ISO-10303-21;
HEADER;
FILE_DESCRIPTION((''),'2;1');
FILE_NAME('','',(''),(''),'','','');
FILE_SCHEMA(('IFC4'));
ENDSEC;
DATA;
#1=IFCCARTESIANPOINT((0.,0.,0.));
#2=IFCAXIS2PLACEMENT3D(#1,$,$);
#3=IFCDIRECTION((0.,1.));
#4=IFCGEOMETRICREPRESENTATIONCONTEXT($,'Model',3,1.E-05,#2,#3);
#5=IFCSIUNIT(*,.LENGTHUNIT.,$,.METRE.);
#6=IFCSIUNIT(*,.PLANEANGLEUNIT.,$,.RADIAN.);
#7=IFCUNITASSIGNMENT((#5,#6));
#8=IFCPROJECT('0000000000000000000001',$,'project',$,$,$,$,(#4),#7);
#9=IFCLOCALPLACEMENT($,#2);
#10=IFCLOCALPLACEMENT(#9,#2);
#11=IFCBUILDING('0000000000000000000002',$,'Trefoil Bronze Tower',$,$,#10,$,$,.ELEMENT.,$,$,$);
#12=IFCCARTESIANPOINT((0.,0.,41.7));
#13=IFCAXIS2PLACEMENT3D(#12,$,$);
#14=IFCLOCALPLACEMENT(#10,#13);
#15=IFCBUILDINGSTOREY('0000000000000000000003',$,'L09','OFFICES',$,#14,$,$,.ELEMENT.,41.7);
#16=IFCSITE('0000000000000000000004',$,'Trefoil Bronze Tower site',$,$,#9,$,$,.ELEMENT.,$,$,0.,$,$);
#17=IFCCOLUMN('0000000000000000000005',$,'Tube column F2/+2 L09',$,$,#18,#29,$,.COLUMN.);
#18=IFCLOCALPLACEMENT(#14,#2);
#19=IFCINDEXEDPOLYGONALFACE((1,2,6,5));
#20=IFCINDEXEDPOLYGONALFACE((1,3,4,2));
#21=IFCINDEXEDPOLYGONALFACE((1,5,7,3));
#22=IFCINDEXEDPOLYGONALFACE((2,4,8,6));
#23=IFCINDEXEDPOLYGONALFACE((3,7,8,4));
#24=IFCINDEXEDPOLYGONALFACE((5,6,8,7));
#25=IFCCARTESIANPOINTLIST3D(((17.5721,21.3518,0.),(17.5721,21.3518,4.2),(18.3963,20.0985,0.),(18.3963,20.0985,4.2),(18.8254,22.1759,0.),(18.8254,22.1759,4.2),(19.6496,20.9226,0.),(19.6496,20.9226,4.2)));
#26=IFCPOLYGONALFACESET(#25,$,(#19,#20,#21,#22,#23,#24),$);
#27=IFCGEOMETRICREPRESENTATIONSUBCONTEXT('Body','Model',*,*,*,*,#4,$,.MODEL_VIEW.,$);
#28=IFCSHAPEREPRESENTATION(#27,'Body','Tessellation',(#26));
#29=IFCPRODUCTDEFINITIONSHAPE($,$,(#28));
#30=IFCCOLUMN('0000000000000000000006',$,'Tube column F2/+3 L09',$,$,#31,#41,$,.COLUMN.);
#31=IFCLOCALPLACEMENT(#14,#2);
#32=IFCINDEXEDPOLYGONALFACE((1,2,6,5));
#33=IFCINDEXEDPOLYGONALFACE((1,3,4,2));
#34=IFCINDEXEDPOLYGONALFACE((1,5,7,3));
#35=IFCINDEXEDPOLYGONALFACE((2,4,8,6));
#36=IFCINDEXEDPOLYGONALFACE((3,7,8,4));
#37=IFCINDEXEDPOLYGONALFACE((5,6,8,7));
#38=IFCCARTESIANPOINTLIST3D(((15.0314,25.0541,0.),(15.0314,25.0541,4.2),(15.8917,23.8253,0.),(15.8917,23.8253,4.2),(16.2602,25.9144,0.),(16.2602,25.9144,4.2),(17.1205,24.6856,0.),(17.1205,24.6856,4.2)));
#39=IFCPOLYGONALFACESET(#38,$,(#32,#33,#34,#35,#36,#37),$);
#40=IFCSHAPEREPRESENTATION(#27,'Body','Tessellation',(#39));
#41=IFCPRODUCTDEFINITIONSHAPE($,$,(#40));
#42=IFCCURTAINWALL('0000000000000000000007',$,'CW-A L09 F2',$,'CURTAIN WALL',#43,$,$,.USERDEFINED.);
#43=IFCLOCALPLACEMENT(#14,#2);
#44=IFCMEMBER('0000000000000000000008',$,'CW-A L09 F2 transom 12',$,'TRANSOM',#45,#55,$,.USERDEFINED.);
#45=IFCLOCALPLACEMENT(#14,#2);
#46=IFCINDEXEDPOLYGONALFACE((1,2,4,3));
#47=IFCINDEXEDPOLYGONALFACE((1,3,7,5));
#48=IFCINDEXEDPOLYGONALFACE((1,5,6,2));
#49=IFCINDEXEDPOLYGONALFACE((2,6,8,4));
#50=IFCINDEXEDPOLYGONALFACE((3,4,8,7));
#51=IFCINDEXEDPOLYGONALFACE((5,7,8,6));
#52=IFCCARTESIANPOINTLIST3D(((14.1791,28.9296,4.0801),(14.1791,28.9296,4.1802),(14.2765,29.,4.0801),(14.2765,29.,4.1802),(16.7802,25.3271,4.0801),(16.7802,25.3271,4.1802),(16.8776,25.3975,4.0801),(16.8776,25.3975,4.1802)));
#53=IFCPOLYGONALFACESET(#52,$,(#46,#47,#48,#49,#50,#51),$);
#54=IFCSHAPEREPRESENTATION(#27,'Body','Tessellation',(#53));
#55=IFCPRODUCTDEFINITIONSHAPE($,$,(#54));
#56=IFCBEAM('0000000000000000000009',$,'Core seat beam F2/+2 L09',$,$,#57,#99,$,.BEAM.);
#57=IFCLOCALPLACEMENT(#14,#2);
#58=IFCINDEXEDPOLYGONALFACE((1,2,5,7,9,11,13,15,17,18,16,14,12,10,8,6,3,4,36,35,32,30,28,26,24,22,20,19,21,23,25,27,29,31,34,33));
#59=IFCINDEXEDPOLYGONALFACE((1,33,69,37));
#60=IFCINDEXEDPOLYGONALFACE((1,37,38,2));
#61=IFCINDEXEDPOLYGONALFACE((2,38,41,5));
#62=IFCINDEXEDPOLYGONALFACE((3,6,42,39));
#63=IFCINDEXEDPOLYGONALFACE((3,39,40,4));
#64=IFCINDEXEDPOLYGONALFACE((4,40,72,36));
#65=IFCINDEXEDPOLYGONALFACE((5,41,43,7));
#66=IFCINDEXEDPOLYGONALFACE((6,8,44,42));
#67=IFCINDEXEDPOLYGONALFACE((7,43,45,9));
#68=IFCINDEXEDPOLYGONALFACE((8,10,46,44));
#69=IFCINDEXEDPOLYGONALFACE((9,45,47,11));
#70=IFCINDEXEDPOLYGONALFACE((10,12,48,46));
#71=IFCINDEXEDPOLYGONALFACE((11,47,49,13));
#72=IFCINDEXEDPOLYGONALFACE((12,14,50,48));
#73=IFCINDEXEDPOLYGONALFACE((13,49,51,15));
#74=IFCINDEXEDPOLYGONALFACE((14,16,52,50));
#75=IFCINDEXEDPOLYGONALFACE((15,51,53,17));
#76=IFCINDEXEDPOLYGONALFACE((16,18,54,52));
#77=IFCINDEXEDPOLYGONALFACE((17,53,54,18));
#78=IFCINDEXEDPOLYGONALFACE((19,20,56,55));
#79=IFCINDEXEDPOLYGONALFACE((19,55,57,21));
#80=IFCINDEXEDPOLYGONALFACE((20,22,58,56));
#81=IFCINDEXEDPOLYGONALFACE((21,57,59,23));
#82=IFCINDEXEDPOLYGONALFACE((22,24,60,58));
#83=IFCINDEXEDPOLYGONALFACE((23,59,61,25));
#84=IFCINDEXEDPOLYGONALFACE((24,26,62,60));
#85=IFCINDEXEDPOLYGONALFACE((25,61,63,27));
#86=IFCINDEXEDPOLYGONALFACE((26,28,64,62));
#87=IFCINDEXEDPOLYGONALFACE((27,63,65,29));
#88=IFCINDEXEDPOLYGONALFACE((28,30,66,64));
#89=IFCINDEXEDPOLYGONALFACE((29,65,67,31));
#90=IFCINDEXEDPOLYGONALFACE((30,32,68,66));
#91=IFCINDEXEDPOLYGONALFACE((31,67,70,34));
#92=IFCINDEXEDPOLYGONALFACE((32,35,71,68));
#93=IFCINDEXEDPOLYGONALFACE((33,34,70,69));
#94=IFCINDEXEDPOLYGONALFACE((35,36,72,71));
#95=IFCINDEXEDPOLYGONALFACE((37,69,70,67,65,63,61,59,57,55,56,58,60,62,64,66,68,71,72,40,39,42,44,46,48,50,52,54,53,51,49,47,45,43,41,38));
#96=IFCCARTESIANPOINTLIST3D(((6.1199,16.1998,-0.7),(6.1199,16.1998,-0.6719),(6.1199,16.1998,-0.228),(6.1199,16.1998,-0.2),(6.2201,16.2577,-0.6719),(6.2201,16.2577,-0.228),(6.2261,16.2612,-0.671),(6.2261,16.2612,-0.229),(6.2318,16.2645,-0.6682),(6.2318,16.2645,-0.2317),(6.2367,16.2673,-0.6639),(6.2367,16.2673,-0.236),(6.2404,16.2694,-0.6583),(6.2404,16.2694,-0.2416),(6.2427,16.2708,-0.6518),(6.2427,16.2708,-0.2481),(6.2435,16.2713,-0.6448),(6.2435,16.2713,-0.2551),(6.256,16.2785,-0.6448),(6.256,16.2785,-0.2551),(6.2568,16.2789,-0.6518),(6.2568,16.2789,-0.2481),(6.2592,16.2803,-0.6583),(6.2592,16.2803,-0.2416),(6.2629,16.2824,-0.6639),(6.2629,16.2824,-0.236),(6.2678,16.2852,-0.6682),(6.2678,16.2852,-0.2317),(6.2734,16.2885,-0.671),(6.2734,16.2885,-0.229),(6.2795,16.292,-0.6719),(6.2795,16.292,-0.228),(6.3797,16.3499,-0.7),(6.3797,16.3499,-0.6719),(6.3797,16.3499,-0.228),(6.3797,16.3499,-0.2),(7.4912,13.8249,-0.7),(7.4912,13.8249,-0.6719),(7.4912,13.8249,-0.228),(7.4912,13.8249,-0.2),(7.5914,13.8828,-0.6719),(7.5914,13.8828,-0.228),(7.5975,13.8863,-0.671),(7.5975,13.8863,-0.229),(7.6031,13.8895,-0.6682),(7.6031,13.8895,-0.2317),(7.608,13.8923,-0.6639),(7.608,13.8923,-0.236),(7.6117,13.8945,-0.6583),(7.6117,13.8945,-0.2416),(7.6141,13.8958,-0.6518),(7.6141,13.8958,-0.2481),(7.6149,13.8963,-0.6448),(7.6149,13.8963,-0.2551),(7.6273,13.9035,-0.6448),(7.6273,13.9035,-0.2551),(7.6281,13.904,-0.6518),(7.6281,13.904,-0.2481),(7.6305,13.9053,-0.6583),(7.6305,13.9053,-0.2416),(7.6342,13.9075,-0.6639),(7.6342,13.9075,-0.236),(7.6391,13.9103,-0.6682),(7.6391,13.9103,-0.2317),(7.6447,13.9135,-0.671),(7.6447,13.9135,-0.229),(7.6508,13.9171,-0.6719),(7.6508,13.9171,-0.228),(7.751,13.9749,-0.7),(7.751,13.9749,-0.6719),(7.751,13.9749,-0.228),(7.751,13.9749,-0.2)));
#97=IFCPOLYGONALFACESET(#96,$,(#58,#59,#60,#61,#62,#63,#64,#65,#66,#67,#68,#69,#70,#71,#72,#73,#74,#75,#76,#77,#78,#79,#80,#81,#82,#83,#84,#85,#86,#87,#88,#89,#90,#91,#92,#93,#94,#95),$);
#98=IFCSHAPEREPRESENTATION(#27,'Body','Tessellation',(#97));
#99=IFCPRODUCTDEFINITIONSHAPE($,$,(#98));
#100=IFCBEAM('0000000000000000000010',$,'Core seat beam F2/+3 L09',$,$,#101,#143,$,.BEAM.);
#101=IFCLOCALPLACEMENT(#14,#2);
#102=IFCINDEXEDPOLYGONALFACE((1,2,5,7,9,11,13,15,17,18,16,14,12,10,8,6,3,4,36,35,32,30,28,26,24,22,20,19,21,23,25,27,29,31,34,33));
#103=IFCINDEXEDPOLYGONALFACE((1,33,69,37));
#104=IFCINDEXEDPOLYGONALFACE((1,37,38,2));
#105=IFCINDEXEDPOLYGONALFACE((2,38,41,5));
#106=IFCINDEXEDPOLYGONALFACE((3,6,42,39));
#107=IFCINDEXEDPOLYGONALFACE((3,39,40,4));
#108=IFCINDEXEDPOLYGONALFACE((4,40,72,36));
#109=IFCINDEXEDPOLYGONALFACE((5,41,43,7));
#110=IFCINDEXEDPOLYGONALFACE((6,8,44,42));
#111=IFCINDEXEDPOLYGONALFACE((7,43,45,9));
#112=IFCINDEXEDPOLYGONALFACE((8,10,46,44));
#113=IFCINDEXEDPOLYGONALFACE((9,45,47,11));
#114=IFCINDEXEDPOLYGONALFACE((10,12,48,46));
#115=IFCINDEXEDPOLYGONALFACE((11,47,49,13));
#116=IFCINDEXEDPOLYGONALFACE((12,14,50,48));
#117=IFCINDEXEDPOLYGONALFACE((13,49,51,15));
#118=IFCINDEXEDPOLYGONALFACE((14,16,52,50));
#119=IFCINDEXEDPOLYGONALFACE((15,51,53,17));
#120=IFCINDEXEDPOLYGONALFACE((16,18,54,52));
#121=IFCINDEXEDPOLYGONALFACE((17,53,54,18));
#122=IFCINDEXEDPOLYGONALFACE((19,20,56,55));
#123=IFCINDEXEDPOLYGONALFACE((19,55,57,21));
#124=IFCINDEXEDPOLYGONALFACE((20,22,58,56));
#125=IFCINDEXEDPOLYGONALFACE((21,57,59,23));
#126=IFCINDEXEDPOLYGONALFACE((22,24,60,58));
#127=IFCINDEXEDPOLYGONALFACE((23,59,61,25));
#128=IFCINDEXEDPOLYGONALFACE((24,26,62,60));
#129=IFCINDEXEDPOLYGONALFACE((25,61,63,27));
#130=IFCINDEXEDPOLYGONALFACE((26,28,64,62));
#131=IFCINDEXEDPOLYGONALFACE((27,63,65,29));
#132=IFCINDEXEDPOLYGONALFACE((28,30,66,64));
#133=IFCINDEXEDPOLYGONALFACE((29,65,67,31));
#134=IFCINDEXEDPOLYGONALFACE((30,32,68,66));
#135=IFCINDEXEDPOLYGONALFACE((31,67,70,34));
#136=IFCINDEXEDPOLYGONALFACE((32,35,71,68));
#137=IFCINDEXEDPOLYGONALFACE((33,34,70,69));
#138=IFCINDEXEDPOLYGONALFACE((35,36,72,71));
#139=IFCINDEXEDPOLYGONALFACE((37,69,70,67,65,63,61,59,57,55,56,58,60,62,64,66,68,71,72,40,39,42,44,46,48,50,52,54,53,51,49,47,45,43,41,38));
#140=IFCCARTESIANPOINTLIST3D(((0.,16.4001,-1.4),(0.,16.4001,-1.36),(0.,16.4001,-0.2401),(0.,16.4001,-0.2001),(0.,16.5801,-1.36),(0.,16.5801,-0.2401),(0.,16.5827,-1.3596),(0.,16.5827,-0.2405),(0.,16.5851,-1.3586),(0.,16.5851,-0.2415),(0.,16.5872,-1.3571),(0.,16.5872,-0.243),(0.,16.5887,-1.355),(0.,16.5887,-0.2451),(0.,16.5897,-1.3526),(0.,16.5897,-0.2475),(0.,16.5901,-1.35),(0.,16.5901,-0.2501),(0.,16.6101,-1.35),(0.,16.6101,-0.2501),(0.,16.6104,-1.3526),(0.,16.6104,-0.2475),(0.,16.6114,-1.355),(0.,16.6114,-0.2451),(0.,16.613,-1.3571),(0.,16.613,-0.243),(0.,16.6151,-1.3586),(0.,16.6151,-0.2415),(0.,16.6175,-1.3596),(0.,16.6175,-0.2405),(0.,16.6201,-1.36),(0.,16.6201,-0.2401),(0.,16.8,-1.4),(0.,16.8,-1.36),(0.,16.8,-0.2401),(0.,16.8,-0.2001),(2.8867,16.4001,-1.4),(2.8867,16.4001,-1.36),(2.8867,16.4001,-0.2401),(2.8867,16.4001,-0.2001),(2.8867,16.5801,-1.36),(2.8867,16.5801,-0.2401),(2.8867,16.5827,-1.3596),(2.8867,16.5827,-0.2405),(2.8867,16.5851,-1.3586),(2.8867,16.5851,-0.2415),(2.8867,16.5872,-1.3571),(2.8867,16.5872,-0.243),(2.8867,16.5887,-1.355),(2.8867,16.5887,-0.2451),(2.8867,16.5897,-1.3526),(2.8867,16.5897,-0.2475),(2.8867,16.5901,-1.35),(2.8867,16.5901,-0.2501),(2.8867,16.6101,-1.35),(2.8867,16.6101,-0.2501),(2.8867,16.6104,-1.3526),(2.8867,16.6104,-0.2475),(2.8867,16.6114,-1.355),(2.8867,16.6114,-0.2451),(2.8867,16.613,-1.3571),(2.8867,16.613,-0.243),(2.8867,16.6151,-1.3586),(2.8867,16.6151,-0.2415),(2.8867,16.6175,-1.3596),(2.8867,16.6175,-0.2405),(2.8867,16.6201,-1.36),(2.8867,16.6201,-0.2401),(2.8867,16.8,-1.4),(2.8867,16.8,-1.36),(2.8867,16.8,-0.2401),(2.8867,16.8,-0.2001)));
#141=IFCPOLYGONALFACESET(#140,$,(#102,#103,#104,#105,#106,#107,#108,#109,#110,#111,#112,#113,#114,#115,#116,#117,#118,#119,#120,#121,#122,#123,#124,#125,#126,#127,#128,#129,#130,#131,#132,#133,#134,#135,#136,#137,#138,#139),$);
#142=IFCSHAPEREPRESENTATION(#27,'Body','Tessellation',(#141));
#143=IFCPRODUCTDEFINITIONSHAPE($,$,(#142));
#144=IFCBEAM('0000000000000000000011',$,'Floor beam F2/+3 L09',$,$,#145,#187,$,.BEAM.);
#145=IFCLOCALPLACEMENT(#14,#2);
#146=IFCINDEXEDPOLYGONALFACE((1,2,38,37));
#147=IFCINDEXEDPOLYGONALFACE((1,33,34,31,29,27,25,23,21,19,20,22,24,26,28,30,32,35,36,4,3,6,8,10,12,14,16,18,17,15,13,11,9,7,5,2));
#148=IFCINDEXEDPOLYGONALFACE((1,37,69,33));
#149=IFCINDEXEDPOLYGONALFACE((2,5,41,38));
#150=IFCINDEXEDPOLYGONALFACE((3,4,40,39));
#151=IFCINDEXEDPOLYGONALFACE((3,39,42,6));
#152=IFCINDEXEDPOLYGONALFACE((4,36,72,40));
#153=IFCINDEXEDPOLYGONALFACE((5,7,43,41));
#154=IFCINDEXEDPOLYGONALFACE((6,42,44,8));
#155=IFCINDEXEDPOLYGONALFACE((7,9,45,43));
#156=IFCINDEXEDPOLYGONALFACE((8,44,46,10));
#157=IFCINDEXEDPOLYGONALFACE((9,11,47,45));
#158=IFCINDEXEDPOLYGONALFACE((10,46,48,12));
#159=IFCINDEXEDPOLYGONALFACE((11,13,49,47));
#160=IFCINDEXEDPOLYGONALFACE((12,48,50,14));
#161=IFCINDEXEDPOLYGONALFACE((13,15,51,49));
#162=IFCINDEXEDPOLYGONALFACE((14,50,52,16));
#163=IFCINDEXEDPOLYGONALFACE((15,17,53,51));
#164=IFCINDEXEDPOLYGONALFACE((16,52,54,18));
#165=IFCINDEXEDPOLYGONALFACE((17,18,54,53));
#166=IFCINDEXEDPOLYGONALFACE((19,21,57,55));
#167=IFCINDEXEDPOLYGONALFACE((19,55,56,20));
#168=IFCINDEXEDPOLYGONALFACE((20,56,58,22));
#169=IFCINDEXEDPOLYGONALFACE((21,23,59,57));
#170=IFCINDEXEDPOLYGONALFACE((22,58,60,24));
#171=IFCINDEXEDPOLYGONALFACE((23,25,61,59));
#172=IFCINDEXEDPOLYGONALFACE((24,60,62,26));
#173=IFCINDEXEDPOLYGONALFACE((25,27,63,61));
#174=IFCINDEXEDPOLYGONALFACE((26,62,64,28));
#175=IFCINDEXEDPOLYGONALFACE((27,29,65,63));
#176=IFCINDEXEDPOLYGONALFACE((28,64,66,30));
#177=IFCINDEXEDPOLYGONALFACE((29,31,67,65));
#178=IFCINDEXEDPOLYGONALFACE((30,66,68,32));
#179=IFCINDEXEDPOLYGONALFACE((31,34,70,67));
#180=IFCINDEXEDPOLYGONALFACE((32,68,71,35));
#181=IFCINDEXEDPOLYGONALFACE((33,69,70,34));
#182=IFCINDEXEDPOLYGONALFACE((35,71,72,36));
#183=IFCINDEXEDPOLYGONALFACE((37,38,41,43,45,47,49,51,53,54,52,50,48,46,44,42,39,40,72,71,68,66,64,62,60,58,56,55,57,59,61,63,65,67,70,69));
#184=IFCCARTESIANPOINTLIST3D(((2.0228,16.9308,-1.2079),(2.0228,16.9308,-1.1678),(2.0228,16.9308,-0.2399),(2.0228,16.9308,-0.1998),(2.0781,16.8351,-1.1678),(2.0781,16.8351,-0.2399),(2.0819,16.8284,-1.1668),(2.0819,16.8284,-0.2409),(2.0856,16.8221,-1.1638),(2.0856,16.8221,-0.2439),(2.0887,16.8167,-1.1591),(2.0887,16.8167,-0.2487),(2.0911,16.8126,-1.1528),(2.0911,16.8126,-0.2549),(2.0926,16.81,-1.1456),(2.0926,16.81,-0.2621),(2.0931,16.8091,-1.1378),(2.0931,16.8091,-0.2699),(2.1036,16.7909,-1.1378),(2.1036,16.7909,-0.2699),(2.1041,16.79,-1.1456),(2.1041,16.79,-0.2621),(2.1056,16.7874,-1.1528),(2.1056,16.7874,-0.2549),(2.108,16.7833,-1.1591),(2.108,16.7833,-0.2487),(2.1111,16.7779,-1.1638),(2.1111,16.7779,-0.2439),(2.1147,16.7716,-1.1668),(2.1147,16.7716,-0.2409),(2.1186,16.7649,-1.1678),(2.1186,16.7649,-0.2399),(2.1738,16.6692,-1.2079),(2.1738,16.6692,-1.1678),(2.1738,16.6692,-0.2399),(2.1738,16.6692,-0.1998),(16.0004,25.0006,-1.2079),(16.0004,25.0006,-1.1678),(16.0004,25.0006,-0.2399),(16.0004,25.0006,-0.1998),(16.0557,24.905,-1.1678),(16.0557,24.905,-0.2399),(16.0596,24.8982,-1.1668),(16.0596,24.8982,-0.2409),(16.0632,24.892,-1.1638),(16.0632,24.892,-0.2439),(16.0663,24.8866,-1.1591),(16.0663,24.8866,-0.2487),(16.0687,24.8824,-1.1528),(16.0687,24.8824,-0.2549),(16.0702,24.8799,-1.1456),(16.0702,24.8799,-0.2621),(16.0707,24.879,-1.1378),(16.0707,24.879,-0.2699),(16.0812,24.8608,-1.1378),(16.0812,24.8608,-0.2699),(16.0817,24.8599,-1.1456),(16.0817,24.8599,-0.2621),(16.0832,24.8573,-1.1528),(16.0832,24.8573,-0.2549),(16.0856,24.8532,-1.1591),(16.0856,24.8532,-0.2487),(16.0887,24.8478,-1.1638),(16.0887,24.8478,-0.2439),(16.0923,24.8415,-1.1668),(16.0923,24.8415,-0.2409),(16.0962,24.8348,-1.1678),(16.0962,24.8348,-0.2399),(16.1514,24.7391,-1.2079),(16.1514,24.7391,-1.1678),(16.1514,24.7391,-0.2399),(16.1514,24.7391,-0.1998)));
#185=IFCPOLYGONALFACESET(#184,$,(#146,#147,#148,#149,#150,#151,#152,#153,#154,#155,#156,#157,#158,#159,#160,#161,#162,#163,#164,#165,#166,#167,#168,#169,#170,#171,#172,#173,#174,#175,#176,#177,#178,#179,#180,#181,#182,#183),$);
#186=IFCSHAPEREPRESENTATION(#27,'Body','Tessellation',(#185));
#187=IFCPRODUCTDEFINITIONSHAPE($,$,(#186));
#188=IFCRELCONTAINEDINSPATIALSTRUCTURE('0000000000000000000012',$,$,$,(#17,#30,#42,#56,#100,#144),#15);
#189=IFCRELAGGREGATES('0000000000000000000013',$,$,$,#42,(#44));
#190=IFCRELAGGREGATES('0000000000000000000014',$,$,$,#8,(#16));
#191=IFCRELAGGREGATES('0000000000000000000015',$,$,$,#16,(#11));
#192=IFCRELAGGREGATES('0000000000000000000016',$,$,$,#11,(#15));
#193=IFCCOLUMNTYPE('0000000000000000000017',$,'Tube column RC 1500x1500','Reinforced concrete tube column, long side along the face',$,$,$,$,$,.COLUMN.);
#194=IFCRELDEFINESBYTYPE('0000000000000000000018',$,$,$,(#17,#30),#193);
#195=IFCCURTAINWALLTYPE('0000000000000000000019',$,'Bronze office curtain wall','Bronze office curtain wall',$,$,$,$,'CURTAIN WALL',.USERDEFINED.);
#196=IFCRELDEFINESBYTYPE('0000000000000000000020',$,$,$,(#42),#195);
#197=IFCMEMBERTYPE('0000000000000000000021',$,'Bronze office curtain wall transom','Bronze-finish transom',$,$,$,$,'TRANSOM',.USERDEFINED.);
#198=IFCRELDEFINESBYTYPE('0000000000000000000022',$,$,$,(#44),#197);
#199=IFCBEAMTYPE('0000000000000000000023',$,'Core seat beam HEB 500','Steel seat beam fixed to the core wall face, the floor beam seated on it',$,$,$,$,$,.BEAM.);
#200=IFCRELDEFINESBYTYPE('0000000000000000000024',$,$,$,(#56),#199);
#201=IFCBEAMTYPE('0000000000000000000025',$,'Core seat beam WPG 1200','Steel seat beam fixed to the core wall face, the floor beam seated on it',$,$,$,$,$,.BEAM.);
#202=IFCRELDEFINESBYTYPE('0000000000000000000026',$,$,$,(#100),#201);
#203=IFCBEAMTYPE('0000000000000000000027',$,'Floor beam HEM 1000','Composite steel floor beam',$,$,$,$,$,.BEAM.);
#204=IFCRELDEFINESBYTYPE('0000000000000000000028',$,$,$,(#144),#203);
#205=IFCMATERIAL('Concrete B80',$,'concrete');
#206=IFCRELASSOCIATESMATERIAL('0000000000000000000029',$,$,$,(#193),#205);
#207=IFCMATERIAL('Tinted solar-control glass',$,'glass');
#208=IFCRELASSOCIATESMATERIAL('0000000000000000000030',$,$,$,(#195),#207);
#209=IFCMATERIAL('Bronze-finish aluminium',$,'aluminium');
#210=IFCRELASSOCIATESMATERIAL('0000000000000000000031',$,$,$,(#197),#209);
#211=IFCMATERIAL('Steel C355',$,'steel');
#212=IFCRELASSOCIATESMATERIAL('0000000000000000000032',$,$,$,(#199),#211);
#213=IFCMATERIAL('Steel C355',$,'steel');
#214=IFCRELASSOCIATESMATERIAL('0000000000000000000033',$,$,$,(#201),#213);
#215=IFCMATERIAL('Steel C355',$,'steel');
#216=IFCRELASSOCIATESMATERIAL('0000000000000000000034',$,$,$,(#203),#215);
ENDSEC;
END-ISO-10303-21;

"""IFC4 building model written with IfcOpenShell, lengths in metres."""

from ifc_helpers import new_model, si_unit, direction, frame, origin, origin_2d, place, context, subcontext, project, spatial, rectangle, i_section, extrude, material, material_profile, profile_set, type_object, element, aggregate, save


model = new_model("IFC4")

# Units and contexts
model_context = context("Model", 3, precision=1e-05, world=origin(), true_north=direction((0.0, 1.0)))
body_context = subcontext(model_context, "Body", "Model", "MODEL_VIEW")
ifc_project = project(units=[si_unit("LENGTHUNIT", "METRE"), si_unit("PLANEANGLEUNIT", "RADIAN")], contexts=[model_context])

# Site, building, storey
site_placement = place(None, origin())
site = spatial("IfcSite", under=ifc_project, at=site_placement, Name="Trefoil Bronze Tower site", CompositionType="ELEMENT", RefElevation=0.0)
building_placement = place(site_placement, origin())
building = spatial("IfcBuilding", under=site, at=building_placement, Name="Trefoil Bronze Tower", CompositionType="ELEMENT")
storey_placement = place(building_placement, frame((0.0, 0.0, 41.7)))
storey = spatial("IfcBuildingStorey", under=building, at=storey_placement, Name="L09", Description="OFFICES", CompositionType="ELEMENT", Elevation=41.7)

# Columns
ifc_material_1 = material(Name="Concrete B80", Category="concrete")
ifc_material_profile_1 = material_profile(ifc_material_1, rectangle(XDim=1.5, YDim=1.5, at=origin_2d()), Name="RC 1500x1500")
ifc_profile_set_1 = profile_set([ifc_material_profile_1], Name="Concrete B80")
column_type = type_object("IfcColumnType", Name="Tube column RC 1500x1500", Description="Reinforced concrete tube column, long side along the face", PredefinedType="COLUMN", material=ifc_profile_set_1)
for number, where, z_axis, x_axis, name in (
    (1, (18.6108, 21.1372, 0.0), (0.0, 0.0, 1.0), (-0.549424, 0.835544, 0.0), "Tube column F2/+2 L09"),
    (2, (16.0759, 24.8699, 0.0), (0.0, 0.0, 1.0), (-0.573502, 0.819204, 0.0), "Tube column F2/+3 L09"),
):
    element("IfcColumn", number, at=place(storey_placement, frame(where, z_axis=z_axis, x_axis=x_axis)), inside=storey, type_object=column_type, Name=name, PredefinedType="COLUMN", context=body_context, shape_type="SweptSolid", body=[
        extrude(rectangle(XDim=1.5, YDim=1.5, at=origin_2d()), origin(), (0.0, 0.0, 1.0), 4.2),
    ])

# Curtain wall, member
ifc_material_2 = material(Name="Tinted solar-control glass", Category="glass")
curtain_wall_type = type_object("IfcCurtainWallType", Name="Bronze office curtain wall", Description="Bronze office curtain wall", ElementType="CURTAIN WALL", PredefinedType="USERDEFINED", material=ifc_material_2)
curtain_wall_placement = place(storey_placement, origin())
curtain_wall = element("IfcCurtainWall", 3, at=curtain_wall_placement, inside=storey, type_object=curtain_wall_type, Name="CW-A L09 F2", ObjectType="CURTAIN WALL", PredefinedType="USERDEFINED")
ifc_material_3 = material(Name="Bronze-finish aluminium", Category="aluminium")
ifc_material_profile_2 = material_profile(ifc_material_3, rectangle(XDim=0.1201, YDim=0.1001, at=origin_2d()), Name="CW-A transom")
ifc_profile_set_2 = profile_set([ifc_material_profile_2], Name="Bronze-finish aluminium")
member_type = type_object("IfcMemberType", Name="Bronze office curtain wall transom", Description="Bronze-finish transom", ElementType="TRANSOM", PredefinedType="USERDEFINED", material=ifc_profile_set_2)
member_placement = place(storey_placement, frame((16.8289, 25.3623, 4.1301), z_axis=(-0.585378, 0.81076, 0.0), x_axis=(-0.81076, -0.585378, 0.0)))
member = element("IfcMember", 4, at=member_placement, type_object=member_type, Name="CW-A L09 F2 transom 12", ObjectType="TRANSOM", PredefinedType="USERDEFINED", context=body_context, shape_type="SweptSolid", body=[
    extrude(rectangle(XDim=0.1201, YDim=0.1001, at=origin_2d()), origin(), (0.0, 0.0, 1.0), 4.4434),
])

# Beams
ifc_material_4 = material(Name="Steel C355", Category="steel")
ifc_material_profile_3 = material_profile(ifc_material_4, i_section(OverallWidth=0.3, OverallDepth=0.5, WebThickness=0.0144, FlangeThickness=0.0281, FilletRadius=0.0271, at=origin_2d()), Name="HEB 500")
ifc_profile_set_3 = profile_set([ifc_material_profile_3], Name="Steel C355")
beam_type_1 = type_object("IfcBeamType", Name="Core seat beam HEB 500", Description="Steel seat beam fixed to the core wall face, the floor beam seated on it", PredefinedType="BEAM", material=ifc_profile_set_3)
beam_1_placement = place(storey_placement, frame((7.6211, 13.8999, -0.45), z_axis=(-0.500036, 0.866005, 0.0), x_axis=(-0.866005, -0.500036, 0.0)))
element("IfcBeam", 5, at=beam_1_placement, inside=storey, type_object=beam_type_1, Name="Core seat beam F2/+2 L09", PredefinedType="BEAM", context=body_context, shape_type="SweptSolid", body=[
    extrude(i_section(OverallWidth=0.3, OverallDepth=0.5, WebThickness=0.0144, FlangeThickness=0.0281, FilletRadius=0.0271, at=origin_2d()), origin(), (0.0, 0.0, 1.0), 2.7424),
])
ifc_material_5 = material(Name="Steel C355", Category="steel")
ifc_material_profile_4 = material_profile(ifc_material_5, i_section(OverallWidth=0.3999, OverallDepth=1.2, WebThickness=0.02, FlangeThickness=0.04, FilletRadius=0.01, at=origin_2d()), Name="WPG 1200")
ifc_profile_set_4 = profile_set([ifc_material_profile_4], Name="Steel C355")
beam_type_2 = type_object("IfcBeamType", Name="Core seat beam WPG 1200", Description="Steel seat beam fixed to the core wall face, the floor beam seated on it", PredefinedType="BEAM", material=ifc_profile_set_4)
beam_2_placement = place(storey_placement, frame((2.8867, 16.6001, -0.8), z_axis=(-1.0, 0.0, 0.0), x_axis=(0.0, -1.0, 0.0)))
element("IfcBeam", 6, at=beam_2_placement, inside=storey, type_object=beam_type_2, Name="Core seat beam F2/+3 L09", PredefinedType="BEAM", context=body_context, shape_type="SweptSolid", body=[
    extrude(i_section(OverallWidth=0.3999, OverallDepth=1.2, WebThickness=0.02, FlangeThickness=0.04, FilletRadius=0.01, at=origin_2d()), origin(), (0.0, 0.0, 1.0), 2.8867),
])
ifc_material_6 = material(Name="Steel C355", Category="steel")
ifc_material_profile_5 = material_profile(ifc_material_6, i_section(OverallWidth=0.302, OverallDepth=1.0081, WebThickness=0.021, FlangeThickness=0.04, FilletRadius=0.03, at=origin_2d()), Name="HEM 1000")
ifc_profile_set_5 = profile_set([ifc_material_profile_5], Name="Steel C355")
beam_type_3 = type_object("IfcBeamType", Name="Floor beam HEM 1000", Description="Composite steel floor beam", PredefinedType="BEAM", material=ifc_profile_set_5)
beam_3_placement = place(storey_placement, frame((16.0759, 24.8699, -0.7039), z_axis=(-0.866028, -0.499995, 0.0), x_axis=(0.499995, -0.866028, 0.0)))
element("IfcBeam", 7, at=beam_3_placement, inside=storey, type_object=beam_type_3, Name="Floor beam F2/+3 L09", PredefinedType="BEAM", context=body_context, shape_type="SweptSolid", body=[
    extrude(i_section(OverallWidth=0.302, OverallDepth=1.0081, WebThickness=0.021, FlangeThickness=0.04, FilletRadius=0.03, at=origin_2d()), origin(), (0.0, 0.0, 1.0), 16.1399),
])

aggregate(curtain_wall, [member])

save(model, "model.ifc")
